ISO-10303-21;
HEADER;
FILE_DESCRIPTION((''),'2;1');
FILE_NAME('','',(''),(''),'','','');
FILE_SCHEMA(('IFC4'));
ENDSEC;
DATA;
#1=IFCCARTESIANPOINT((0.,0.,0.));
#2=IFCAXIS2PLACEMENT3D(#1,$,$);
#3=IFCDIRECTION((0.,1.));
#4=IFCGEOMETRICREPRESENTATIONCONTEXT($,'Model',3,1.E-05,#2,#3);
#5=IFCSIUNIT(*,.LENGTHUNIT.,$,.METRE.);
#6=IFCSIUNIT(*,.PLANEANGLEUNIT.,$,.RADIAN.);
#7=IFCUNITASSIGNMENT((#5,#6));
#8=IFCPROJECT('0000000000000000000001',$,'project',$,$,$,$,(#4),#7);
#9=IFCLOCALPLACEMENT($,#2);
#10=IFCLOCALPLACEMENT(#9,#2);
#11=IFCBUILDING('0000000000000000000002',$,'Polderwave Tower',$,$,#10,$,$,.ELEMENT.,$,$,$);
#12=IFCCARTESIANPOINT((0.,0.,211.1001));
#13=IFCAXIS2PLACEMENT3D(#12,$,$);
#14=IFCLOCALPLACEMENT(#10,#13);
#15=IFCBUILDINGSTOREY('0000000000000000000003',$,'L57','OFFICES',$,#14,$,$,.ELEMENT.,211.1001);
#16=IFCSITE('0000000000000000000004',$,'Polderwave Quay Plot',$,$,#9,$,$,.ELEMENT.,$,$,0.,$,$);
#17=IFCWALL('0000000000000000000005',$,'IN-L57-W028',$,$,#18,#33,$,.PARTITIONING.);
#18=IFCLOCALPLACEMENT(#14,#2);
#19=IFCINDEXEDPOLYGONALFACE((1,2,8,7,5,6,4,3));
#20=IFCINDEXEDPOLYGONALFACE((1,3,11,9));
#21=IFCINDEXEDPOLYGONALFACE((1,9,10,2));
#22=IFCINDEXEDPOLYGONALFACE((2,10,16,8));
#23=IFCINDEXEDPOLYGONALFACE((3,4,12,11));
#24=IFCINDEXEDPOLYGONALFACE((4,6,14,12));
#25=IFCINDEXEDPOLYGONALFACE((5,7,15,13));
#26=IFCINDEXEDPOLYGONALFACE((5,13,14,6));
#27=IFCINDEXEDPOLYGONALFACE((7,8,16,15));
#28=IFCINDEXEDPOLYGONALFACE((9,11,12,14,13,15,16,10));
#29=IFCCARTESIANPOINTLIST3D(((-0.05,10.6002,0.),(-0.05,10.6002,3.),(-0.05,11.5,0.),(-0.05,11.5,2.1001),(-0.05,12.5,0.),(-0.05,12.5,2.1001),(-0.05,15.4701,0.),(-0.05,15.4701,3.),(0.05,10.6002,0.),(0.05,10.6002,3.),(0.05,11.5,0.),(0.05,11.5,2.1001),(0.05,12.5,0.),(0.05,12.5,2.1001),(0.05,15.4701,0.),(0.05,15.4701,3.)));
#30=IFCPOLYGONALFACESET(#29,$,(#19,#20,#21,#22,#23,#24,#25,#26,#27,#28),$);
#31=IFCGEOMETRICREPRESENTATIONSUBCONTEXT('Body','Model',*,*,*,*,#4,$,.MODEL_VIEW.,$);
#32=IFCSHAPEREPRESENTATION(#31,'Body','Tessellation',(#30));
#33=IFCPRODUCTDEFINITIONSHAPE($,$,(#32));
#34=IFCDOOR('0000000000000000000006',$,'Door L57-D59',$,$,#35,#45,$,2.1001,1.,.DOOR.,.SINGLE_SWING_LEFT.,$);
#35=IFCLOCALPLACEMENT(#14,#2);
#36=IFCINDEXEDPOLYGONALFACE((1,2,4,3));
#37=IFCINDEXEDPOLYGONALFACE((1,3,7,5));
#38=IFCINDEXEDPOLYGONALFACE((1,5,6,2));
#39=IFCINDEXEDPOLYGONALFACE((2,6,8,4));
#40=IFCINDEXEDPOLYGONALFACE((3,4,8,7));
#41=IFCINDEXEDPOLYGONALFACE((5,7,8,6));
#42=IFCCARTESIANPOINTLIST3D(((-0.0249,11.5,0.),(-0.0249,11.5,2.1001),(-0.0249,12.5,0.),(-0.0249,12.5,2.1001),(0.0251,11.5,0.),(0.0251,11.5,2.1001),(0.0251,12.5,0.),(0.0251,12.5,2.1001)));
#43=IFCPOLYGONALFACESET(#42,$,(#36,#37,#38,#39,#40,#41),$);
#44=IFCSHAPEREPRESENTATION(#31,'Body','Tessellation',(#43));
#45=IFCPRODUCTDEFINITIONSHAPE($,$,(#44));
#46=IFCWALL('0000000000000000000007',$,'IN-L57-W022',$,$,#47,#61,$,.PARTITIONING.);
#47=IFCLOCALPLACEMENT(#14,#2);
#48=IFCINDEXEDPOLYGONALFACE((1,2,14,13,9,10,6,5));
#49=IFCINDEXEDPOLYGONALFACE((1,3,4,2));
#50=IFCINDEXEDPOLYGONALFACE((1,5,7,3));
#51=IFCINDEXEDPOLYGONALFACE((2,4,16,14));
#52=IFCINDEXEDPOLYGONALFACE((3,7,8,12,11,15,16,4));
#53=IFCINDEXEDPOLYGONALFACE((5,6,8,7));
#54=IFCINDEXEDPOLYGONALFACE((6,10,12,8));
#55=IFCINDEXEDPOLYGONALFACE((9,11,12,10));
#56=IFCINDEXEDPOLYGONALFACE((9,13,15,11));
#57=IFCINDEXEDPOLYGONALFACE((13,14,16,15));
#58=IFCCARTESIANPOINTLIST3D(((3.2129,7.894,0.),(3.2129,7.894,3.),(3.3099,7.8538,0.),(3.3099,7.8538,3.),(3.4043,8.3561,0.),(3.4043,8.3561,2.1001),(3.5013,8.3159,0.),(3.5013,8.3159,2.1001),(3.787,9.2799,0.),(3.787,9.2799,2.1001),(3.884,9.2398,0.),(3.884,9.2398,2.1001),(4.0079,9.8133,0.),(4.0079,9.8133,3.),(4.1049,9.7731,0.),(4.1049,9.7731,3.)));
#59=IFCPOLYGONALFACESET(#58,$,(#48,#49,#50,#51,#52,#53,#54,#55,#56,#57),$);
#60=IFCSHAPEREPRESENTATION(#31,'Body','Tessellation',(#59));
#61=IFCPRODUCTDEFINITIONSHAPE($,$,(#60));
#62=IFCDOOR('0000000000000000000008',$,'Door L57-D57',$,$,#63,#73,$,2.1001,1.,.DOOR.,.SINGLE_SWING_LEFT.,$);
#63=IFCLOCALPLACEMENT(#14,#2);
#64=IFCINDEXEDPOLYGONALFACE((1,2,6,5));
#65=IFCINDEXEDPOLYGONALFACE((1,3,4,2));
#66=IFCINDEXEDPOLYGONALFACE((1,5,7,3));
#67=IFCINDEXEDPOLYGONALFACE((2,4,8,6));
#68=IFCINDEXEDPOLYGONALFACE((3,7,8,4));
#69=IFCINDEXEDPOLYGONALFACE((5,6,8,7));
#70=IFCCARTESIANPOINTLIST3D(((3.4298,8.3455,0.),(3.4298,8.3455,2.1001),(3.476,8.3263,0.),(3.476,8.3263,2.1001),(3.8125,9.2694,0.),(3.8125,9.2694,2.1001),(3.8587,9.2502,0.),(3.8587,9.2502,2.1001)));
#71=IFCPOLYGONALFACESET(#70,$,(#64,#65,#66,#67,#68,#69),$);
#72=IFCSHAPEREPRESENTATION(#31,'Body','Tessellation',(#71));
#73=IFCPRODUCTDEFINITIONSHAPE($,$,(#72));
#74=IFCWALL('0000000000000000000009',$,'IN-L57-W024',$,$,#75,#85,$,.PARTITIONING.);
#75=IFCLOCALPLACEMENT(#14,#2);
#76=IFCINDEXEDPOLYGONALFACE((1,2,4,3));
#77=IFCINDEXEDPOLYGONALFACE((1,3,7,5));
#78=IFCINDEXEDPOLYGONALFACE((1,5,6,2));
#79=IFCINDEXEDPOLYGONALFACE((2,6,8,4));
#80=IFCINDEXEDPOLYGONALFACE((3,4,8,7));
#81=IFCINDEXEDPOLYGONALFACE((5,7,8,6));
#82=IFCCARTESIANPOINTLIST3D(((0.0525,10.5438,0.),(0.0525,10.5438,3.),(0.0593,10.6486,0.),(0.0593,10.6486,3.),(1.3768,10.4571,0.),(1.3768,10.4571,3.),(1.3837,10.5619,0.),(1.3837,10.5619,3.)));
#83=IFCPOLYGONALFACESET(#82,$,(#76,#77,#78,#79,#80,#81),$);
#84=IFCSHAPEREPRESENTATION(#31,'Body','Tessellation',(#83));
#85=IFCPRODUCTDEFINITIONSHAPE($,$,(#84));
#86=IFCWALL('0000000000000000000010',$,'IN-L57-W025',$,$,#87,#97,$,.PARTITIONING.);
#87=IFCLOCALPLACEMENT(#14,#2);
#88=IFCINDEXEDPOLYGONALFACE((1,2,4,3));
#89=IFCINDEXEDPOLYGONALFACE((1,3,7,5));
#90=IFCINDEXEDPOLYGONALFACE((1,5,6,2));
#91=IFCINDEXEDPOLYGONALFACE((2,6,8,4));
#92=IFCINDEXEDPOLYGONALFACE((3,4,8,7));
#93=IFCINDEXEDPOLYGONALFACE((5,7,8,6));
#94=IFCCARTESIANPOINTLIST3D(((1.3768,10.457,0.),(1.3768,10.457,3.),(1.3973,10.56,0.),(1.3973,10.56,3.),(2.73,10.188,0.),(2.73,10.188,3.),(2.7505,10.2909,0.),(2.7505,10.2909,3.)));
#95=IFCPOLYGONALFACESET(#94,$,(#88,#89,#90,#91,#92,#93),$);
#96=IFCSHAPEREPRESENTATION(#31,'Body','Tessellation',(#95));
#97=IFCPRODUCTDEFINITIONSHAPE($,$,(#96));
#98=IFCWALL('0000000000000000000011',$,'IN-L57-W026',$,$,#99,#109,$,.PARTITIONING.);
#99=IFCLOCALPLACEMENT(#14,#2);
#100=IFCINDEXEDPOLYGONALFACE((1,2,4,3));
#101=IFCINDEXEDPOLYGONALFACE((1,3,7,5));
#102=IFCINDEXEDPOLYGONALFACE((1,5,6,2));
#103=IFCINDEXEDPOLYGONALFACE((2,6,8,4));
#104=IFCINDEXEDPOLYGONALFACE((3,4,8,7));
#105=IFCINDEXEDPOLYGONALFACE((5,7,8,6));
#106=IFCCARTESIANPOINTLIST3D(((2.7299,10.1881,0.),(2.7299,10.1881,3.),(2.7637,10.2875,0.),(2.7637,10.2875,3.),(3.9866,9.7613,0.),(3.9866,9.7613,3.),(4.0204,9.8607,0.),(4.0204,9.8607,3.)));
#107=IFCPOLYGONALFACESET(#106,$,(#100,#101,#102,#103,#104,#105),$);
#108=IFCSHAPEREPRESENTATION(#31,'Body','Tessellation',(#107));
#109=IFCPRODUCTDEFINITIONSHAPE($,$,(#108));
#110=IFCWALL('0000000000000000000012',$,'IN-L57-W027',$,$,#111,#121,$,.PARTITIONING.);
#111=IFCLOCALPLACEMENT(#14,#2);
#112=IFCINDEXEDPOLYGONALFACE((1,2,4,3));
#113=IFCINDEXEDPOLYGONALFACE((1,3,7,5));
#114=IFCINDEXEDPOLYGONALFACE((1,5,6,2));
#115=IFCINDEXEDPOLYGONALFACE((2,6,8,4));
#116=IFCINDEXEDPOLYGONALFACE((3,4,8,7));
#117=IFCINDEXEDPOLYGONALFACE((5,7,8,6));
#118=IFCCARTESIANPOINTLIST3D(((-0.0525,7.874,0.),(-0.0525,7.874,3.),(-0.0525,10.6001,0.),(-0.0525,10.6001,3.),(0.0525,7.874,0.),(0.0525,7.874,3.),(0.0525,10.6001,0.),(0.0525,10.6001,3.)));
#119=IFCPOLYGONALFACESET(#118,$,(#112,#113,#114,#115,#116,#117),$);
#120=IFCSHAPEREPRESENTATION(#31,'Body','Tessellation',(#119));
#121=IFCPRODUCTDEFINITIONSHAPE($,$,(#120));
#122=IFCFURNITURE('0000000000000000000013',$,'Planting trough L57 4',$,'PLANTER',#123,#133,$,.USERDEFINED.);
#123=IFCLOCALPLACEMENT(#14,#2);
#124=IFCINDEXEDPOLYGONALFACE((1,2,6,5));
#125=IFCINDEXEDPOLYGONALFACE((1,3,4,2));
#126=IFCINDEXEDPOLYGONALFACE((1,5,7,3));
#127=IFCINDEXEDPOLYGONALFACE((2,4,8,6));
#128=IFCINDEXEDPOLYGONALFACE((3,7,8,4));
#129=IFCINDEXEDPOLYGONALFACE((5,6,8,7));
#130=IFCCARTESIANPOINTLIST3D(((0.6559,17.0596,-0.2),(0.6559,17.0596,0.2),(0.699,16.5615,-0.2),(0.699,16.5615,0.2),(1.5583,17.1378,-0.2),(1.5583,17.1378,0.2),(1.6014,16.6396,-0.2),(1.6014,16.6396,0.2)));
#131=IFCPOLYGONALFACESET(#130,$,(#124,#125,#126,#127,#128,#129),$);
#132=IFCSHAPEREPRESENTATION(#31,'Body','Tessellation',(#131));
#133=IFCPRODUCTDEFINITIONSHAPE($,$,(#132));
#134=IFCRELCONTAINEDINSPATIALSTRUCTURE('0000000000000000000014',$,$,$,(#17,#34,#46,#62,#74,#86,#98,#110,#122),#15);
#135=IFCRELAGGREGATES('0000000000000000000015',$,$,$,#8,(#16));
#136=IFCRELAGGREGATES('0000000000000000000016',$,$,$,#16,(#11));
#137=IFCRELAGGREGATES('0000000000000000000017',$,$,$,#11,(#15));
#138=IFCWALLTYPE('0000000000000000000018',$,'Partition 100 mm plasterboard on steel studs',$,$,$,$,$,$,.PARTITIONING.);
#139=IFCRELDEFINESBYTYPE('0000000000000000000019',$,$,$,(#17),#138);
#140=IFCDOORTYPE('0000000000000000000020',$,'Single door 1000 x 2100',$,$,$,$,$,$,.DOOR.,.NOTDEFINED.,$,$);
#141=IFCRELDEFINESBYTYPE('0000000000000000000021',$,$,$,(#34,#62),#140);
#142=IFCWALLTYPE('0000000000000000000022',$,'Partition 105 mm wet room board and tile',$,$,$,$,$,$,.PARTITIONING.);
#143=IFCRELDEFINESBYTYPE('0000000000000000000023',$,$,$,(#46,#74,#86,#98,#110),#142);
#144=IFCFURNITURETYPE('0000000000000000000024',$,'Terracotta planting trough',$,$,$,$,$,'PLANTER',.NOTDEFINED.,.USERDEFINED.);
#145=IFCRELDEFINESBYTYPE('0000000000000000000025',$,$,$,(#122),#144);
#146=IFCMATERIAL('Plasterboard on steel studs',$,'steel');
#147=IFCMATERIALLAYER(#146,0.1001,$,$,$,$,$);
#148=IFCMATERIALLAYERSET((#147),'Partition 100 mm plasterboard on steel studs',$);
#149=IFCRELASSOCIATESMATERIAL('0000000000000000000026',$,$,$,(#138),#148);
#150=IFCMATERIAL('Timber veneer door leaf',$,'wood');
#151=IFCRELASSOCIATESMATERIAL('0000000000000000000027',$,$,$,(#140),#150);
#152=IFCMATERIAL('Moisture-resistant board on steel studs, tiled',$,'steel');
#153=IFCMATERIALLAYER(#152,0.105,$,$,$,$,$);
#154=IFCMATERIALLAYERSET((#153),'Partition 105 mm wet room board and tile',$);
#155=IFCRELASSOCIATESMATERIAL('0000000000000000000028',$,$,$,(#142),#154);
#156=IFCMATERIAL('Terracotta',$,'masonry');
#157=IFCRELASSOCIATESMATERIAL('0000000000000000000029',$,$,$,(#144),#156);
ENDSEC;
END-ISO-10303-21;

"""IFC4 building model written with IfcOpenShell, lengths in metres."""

from ifc_helpers import new_model, si_unit, direction, frame, frame_2d, origin, origin_2d, place, context, subcontext, project, spatial, rectangle, extrude, material, layer, layer_set, type_object, element, fill, save


model = new_model("IFC4")

# Units and contexts
model_context = context("Model", 3, precision=1e-05, world=origin(), true_north=direction((0.0, 1.0)))
body_context = subcontext(model_context, "Body", "Model", "MODEL_VIEW")
ifc_project = project(units=[si_unit("LENGTHUNIT", "METRE"), si_unit("PLANEANGLEUNIT", "RADIAN")], contexts=[model_context])

# Site, building, storey
site_placement = place(None, origin())
site = spatial("IfcSite", under=ifc_project, at=site_placement, Name="Polderwave Quay Plot", CompositionType="ELEMENT", RefElevation=0.0)
building_placement = place(site_placement, origin())
building = spatial("IfcBuilding", under=site, at=building_placement, Name="Polderwave Tower", CompositionType="ELEMENT")
storey_placement = place(building_placement, frame((0.0, 0.0, 211.1001)))
storey = spatial("IfcBuildingStorey", under=building, at=storey_placement, Name="L57", Description="OFFICES", CompositionType="ELEMENT", Elevation=211.1001)

# Walls, openings, doors
ifc_material_1 = material(Name="Plasterboard on steel studs", Category="steel")
ifc_layer_1 = layer(ifc_material_1, 0.1001)
ifc_layer_set_1 = layer_set([ifc_layer_1], Name="Partition 100 mm plasterboard on steel studs")
wall_type_1 = type_object("IfcWallType", Name="Partition 100 mm plasterboard on steel studs", PredefinedType="PARTITIONING", material=ifc_layer_set_1)
ifc_material_2 = material(Name="Timber veneer door leaf", Category="wood")
door_type = type_object("IfcDoorType", Name="Single door 1000 x 2100", OperationType="NOTDEFINED", PredefinedType="DOOR", material=ifc_material_2)
wall_1_placement = place(storey_placement, frame((0.0, 10.6001, 0.0), z_axis=(0.0, 0.0, 1.0), x_axis=(0.0, 1.0, 0.0)))
wall_1 = element("IfcWall", 1, at=wall_1_placement, inside=storey, type_object=wall_type_1, Name="IN-L57-W028", PredefinedType="PARTITIONING", context=body_context, shape_type="SweptSolid", body=[
    extrude(rectangle(XDim=4.8699, YDim=0.1001, at=frame_2d((2.4351, 0.0))), origin(), (0.0, 0.0, 1.0), 3.0),
])
opening_1_placement = place(wall_1_placement, frame((0.8999, 0.0, 0.0)))
opening_1 = element("IfcOpeningElement", 2, at=opening_1_placement, cuts=wall_1, PredefinedType="OPENING", context=body_context, shape_type="SweptSolid", body=[
    extrude(rectangle(XDim=1.0, YDim=2.1001, at=frame_2d((0.5, 1.05))), frame((0.0, 0.0601, 0.0), z_axis=(0.0, -1.0, 0.0), x_axis=(1.0, 0.0, 0.0)), (0.0, 0.0, 1.0), 0.1201),
])
door_1_placement = place(opening_1_placement, origin())
door_1 = element("IfcDoor", 3, at=door_1_placement, inside=storey, type_object=door_type, Name="Door L57-D59", OperationType="SINGLE_SWING_LEFT", OverallHeight=2.1001, OverallWidth=1.0, PredefinedType="DOOR", context=body_context, shape_type="SweptSolid", body=[
    extrude(rectangle(XDim=1.0, YDim=2.1001, at=frame_2d((0.5, 1.05))), frame((0.0, 0.0249, 0.0), z_axis=(0.0, -1.0, 0.0), x_axis=(1.0, 0.0, 0.0)), (0.0, 0.0, 1.0), 0.05),
])
fill(opening_1, door_1)
ifc_material_3 = material(Name="Moisture-resistant board on steel studs, tiled", Category="steel")
ifc_layer_2 = layer(ifc_material_3, 0.105)
ifc_layer_set_2 = layer_set([ifc_layer_2], Name="Partition 105 mm wet room board and tile")
wall_type_2 = type_object("IfcWallType", Name="Partition 105 mm wet room board and tile", PredefinedType="PARTITIONING", material=ifc_layer_set_2)
wall_2_placement = place(storey_placement, frame((3.2615, 7.874, 0.0), z_axis=(0.0, 0.0, 1.0), x_axis=(0.38267, 0.923885, 0.0)))
wall_2 = element("IfcWall", 4, at=wall_2_placement, inside=storey, type_object=wall_type_2, Name="IN-L57-W022", PredefinedType="PARTITIONING", context=body_context, shape_type="SweptSolid", body=[
    extrude(rectangle(XDim=2.0774, YDim=0.105, at=frame_2d((1.0386, 0.0))), origin(), (0.0, 0.0, 1.0), 3.0),
])
opening_2_placement = place(wall_2_placement, frame((0.5, 0.0, 0.0)))
opening_2 = element("IfcOpeningElement", 5, at=opening_2_placement, cuts=wall_2, PredefinedType="OPENING", context=body_context, shape_type="SweptSolid", body=[
    extrude(rectangle(XDim=1.0, YDim=2.1001, at=frame_2d((0.5, 1.05))), frame((0.0, 0.0625, 0.0), z_axis=(0.0, -1.0, 0.0), x_axis=(1.0, 0.0, 0.0)), (0.0, 0.0, 1.0), 0.125),
])
door_2_placement = place(opening_2_placement, origin())
door_2 = element("IfcDoor", 6, at=door_2_placement, inside=storey, type_object=door_type, Name="Door L57-D57", OperationType="SINGLE_SWING_LEFT", OverallHeight=2.1001, OverallWidth=1.0, PredefinedType="DOOR", context=body_context, shape_type="SweptSolid", body=[
    extrude(rectangle(XDim=1.0, YDim=2.1001, at=frame_2d((0.5, 1.05))), frame((0.0, 0.0249, 0.0), z_axis=(0.0, -1.0, 0.0), x_axis=(1.0, 0.0, 0.0)), (0.0, 0.0, 1.0), 0.05),
])
fill(opening_2, door_2)

# Walls
wall_3_placement = place(storey_placement, frame((0.0559, 10.5962, 0.0), z_axis=(0.0, 0.0, 1.0), x_axis=(0.997865, -0.06531, 0.0)))
element("IfcWall", 7, at=wall_3_placement, inside=storey, type_object=wall_type_2, Name="IN-L57-W024", PredefinedType="PARTITIONING", context=body_context, shape_type="SweptSolid", body=[
    extrude(rectangle(XDim=1.3271, YDim=0.105, at=frame_2d((0.6636, 0.0))), origin(), (0.0, 0.0, 1.0), 3.0),
])
wall_4_placement = place(storey_placement, frame((1.387, 10.5085, 0.0), z_axis=(0.0, 0.0, 1.0), x_axis=(0.980798, -0.195027, 0.0)))
element("IfcWall", 8, at=wall_4_placement, inside=storey, type_object=wall_type_2, Name="IN-L57-W025", PredefinedType="PARTITIONING", context=body_context, shape_type="SweptSolid", body=[
    extrude(rectangle(XDim=1.3796, YDim=0.105, at=frame_2d((0.6899, 0.0))), origin(), (0.0, 0.0, 1.0), 3.0),
])
wall_5_placement = place(storey_placement, frame((2.7468, 10.2378, 0.0), z_axis=(0.0, 0.0, 1.0), x_axis=(0.946884, -0.321576, 0.0)))
element("IfcWall", 9, at=wall_5_placement, inside=storey, type_object=wall_type_2, Name="IN-L57-W026", PredefinedType="PARTITIONING", context=body_context, shape_type="SweptSolid", body=[
    extrude(rectangle(XDim=1.3271, YDim=0.105, at=frame_2d((0.6636, 0.0))), origin(), (0.0, 0.0, 1.0), 3.0),
])
wall_6_placement = place(storey_placement, frame((0.0, 7.874, 0.0), z_axis=(0.0, 0.0, 1.0), x_axis=(0.0, 1.0, 0.0)))
element("IfcWall", 10, at=wall_6_placement, inside=storey, type_object=wall_type_2, Name="IN-L57-W027", PredefinedType="PARTITIONING", context=body_context, shape_type="SweptSolid", body=[
    extrude(rectangle(XDim=2.7261, YDim=0.105, at=frame_2d((1.363, 0.0))), origin(), (0.0, 0.0, 1.0), 3.0),
])

# Furniture
ifc_material_4 = material(Name="Terracotta", Category="masonry")
furniture_type = type_object("IfcFurnitureType", Name="Terracotta planting trough", ElementType="PLANTER", AssemblyPlace="NOTDEFINED", PredefinedType="USERDEFINED", material=ifc_material_4)
furniture_placement = place(storey_placement, frame((1.1287, 16.8496, -0.2), z_axis=(0.0, 0.0, 1.0), x_axis=(-0.99627, -0.086288, 0.0)))
element("IfcFurniture", 11, at=furniture_placement, inside=storey, type_object=furniture_type, Name="Planting trough L57 4", ObjectType="PLANTER", PredefinedType="USERDEFINED", context=body_context, shape_type="SweptSolid", body=[
    extrude(rectangle(XDim=0.9058, YDim=0.5, at=origin_2d()), origin(), (0.0, 0.0, 1.0), 0.3999),
])

save(model, "model.ifc")
